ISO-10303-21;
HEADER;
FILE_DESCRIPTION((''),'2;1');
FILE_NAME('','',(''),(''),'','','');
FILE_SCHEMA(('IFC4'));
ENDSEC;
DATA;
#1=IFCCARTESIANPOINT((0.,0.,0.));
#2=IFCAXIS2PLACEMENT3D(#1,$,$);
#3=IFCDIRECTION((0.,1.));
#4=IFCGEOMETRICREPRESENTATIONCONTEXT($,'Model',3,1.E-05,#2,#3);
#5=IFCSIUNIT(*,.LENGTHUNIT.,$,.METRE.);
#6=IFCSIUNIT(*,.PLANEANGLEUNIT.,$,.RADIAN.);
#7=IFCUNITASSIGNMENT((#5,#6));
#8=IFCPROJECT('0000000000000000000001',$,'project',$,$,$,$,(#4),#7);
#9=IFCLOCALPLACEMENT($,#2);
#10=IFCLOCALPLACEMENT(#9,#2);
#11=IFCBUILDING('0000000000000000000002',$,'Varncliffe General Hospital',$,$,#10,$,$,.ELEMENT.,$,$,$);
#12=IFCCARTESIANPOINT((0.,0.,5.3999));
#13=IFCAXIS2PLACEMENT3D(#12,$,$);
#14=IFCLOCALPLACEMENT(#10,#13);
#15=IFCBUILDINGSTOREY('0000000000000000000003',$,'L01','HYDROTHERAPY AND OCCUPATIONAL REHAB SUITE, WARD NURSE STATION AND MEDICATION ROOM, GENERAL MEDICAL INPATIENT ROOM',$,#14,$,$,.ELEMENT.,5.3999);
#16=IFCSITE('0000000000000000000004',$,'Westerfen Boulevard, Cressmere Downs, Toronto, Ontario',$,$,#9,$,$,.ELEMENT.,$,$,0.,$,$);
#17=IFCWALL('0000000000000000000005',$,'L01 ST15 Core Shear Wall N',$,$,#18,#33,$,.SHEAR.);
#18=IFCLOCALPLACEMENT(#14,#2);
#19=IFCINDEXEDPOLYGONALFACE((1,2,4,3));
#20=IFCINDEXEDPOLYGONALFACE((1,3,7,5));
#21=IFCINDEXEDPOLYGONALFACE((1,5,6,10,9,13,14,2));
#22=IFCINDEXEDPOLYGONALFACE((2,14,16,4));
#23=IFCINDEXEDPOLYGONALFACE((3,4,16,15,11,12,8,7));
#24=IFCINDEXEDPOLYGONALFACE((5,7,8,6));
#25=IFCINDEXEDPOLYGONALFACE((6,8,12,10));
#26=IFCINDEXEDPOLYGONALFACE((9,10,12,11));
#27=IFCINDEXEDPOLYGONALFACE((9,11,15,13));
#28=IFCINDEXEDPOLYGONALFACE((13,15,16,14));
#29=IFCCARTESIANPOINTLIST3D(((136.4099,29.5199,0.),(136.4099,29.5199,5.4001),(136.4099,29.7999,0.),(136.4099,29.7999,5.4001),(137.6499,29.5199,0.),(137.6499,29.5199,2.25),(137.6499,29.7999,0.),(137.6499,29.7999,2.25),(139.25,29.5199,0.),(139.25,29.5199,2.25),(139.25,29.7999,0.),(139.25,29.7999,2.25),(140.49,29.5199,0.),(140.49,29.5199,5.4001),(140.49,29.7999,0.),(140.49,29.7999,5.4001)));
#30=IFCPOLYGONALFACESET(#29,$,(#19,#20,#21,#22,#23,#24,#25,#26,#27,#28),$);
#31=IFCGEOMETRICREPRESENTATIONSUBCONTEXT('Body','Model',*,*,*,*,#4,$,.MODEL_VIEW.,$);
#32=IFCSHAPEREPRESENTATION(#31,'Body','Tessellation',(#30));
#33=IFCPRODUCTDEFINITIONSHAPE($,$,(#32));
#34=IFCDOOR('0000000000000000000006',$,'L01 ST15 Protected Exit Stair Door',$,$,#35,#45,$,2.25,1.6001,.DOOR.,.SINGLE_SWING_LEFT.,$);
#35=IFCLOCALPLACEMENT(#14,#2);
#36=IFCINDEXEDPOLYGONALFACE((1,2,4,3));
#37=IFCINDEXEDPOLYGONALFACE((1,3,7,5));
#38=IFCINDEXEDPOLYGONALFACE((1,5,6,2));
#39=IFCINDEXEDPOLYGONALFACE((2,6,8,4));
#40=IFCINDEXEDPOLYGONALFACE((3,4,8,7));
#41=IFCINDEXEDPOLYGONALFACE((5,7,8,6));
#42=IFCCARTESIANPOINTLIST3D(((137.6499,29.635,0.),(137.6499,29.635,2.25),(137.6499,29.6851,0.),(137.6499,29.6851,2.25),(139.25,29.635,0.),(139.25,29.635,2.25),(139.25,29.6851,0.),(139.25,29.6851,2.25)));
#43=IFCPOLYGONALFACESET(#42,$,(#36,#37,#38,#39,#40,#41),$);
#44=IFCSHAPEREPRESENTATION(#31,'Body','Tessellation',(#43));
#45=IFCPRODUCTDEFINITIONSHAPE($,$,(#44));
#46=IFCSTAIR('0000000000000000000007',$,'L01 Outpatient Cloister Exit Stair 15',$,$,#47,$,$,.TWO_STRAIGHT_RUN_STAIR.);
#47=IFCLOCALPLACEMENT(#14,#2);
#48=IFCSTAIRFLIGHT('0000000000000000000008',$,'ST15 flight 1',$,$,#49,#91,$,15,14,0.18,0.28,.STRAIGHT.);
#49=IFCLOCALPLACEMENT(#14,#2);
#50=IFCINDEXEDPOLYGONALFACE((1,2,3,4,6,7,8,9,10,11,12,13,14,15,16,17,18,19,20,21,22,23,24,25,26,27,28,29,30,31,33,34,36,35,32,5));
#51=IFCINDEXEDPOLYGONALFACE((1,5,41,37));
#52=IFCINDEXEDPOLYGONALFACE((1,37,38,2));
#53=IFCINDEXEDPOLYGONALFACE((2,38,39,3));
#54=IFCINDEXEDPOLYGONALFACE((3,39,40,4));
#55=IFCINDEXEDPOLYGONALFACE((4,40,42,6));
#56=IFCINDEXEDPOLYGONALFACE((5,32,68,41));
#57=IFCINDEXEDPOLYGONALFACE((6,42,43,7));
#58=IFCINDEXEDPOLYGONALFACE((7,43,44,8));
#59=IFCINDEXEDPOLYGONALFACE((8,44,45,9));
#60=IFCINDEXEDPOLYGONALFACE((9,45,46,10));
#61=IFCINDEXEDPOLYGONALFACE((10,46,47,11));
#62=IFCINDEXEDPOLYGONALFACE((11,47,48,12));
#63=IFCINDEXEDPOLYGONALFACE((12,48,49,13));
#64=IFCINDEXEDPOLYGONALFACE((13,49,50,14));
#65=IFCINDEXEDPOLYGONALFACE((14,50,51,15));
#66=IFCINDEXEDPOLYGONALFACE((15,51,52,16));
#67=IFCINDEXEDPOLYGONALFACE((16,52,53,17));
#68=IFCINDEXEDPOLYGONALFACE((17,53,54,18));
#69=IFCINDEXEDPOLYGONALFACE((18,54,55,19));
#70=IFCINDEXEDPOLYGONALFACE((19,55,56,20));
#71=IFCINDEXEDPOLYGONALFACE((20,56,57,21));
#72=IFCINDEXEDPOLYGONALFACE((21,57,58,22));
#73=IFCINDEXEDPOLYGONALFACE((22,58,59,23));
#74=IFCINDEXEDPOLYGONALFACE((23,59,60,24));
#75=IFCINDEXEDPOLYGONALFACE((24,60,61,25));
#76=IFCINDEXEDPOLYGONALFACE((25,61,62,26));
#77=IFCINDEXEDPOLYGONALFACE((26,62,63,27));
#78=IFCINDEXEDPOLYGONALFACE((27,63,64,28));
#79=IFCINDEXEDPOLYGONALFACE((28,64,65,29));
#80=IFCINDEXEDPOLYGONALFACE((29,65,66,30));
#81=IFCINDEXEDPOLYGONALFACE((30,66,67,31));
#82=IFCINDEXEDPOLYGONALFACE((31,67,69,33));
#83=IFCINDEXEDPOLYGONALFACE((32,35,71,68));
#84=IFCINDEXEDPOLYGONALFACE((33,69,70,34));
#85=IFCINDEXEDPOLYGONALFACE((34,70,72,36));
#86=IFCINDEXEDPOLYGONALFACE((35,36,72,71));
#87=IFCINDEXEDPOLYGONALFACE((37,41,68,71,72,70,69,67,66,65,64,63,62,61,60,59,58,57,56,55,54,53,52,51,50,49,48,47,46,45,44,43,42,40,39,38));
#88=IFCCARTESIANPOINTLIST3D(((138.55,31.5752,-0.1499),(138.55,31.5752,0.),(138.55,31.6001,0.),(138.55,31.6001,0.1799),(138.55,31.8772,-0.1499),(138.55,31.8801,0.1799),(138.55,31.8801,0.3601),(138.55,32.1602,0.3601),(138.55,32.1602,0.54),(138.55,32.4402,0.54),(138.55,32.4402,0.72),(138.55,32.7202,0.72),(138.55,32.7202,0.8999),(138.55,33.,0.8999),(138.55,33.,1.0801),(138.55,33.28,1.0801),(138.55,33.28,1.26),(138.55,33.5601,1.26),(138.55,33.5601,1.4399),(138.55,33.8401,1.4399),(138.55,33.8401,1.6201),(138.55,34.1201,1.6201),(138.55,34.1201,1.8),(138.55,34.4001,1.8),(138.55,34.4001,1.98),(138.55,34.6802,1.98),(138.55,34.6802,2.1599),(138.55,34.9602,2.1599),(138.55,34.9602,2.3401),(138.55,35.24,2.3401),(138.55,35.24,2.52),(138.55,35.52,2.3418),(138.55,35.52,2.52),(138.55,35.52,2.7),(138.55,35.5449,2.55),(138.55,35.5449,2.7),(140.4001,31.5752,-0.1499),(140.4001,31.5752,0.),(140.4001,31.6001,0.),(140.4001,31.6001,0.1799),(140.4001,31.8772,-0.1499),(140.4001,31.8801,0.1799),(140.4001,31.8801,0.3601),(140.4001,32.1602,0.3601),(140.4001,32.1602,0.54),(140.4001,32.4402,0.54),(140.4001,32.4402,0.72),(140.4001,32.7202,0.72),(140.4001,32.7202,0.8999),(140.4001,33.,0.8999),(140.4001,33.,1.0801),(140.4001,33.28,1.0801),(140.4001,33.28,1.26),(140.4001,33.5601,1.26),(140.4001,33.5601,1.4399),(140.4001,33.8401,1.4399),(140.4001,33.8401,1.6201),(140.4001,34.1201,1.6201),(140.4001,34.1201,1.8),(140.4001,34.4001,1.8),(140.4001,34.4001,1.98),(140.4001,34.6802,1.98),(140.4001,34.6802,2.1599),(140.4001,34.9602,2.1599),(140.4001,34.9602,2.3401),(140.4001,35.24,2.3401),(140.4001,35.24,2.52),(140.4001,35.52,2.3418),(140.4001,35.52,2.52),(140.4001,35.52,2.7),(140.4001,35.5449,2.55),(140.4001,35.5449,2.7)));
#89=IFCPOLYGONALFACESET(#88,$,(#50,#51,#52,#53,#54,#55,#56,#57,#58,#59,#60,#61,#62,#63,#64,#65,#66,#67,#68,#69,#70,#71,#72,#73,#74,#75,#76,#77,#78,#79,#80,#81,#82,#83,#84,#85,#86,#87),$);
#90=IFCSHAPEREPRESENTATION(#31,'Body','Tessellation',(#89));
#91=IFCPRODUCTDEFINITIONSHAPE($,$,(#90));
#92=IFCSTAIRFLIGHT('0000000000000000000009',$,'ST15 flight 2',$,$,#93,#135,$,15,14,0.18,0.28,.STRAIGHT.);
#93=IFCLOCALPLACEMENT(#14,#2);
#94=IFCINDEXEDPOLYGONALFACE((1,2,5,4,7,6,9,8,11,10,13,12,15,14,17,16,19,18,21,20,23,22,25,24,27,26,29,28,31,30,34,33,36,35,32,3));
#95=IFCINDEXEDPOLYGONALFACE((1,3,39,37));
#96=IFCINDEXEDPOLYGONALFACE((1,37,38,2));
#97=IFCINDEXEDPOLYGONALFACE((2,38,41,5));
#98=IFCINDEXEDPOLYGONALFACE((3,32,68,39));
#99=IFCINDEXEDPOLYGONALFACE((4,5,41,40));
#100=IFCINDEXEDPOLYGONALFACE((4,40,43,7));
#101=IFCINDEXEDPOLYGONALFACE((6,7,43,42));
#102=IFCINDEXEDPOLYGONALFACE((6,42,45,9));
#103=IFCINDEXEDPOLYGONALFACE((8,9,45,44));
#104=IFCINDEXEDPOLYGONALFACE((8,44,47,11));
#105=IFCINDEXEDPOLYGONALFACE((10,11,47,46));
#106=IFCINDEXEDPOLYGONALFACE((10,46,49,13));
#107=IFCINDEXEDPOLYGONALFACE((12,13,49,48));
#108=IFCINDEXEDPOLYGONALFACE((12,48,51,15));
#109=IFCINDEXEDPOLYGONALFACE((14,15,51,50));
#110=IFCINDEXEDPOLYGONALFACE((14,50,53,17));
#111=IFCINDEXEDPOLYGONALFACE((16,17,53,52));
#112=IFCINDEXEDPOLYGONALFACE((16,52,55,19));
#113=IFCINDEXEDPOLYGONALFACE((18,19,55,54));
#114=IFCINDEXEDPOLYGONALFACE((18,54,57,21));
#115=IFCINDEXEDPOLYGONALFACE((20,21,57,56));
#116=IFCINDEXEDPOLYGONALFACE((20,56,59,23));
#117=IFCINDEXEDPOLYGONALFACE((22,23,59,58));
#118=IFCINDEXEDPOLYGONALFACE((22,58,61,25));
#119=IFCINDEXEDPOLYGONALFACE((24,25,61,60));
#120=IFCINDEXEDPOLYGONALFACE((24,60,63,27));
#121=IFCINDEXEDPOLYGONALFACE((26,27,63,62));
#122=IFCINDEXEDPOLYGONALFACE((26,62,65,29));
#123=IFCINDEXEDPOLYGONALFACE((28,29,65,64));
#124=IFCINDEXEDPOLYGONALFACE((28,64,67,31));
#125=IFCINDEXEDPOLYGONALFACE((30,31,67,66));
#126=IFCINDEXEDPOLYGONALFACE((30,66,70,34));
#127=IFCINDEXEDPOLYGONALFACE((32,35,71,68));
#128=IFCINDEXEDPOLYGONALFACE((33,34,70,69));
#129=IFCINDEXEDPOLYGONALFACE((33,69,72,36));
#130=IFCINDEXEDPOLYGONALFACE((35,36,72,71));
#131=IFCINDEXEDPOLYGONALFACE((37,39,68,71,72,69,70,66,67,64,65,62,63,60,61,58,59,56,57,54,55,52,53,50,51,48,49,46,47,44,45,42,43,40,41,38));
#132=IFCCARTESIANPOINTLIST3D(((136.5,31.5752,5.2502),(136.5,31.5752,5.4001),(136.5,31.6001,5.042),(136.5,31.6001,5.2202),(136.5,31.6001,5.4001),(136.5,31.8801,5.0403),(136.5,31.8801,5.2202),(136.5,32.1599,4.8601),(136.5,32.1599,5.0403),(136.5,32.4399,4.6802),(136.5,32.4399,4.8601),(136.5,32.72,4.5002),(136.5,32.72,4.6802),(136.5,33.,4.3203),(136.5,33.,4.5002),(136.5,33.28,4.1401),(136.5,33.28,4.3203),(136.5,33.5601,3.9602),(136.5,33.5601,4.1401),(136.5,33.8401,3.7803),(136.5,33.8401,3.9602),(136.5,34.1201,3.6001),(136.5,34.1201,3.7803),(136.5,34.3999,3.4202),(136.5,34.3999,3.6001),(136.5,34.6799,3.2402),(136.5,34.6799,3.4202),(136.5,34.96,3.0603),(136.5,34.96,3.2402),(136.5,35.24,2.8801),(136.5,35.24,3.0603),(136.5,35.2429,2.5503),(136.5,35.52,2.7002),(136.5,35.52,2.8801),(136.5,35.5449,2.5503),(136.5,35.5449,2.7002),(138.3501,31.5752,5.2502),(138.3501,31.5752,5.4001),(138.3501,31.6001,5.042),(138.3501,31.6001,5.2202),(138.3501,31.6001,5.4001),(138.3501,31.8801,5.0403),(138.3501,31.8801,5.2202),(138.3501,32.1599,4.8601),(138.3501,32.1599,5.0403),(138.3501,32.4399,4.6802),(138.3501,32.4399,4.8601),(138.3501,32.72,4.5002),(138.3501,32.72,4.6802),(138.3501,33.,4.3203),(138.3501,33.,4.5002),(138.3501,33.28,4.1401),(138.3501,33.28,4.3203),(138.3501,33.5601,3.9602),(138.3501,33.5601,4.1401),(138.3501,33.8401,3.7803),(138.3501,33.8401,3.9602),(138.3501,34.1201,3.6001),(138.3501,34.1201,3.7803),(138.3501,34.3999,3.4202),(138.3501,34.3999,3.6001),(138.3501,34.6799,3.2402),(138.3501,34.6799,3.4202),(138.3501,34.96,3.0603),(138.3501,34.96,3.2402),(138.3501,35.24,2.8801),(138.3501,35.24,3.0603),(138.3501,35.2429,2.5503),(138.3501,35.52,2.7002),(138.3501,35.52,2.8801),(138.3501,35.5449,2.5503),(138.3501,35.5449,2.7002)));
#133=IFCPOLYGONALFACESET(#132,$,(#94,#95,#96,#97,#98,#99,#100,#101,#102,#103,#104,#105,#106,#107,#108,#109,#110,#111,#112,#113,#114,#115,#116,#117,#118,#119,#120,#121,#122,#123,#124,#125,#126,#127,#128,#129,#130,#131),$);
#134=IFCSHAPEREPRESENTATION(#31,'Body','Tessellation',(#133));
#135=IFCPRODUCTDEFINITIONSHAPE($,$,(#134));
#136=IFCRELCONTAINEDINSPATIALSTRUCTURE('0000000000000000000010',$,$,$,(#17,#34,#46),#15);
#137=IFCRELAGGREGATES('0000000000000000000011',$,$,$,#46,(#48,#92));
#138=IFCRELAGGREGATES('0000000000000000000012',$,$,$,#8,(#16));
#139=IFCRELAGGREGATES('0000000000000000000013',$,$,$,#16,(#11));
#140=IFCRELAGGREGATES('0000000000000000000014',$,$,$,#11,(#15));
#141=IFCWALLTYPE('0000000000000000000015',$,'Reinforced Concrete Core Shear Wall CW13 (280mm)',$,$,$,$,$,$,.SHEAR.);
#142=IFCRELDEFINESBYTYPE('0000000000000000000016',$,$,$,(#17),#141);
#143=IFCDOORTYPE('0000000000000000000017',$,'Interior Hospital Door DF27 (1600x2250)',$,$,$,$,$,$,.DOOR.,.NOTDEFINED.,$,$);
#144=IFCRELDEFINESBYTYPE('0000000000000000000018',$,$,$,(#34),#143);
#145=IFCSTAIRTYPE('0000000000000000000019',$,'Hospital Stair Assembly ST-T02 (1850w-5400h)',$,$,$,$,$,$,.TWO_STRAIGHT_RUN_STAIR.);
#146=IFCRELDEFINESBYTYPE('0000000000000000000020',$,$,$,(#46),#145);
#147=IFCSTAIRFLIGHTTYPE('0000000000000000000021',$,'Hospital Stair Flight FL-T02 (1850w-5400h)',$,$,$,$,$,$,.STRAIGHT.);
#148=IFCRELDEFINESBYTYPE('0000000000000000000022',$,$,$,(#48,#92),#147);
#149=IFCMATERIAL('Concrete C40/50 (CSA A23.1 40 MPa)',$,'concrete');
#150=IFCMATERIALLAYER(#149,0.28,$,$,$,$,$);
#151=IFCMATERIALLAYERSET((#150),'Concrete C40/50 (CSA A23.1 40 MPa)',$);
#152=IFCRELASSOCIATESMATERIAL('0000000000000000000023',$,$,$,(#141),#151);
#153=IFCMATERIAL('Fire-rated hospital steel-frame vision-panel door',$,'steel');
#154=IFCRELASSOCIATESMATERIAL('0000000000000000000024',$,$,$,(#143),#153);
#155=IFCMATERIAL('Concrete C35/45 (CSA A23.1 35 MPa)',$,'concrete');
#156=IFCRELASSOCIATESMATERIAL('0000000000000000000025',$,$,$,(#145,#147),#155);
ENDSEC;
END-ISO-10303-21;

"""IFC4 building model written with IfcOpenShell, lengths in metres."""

from ifc_helpers import new_model, si_unit, direction, frame, frame_2d, origin, place, context, subcontext, project, spatial, polyline, rectangle, outline, extrude, material, layer, layer_set, type_object, element, fill, aggregate, save


model = new_model("IFC4")

# Units and contexts
model_context = context("Model", 3, precision=1e-05, world=origin(), true_north=direction((0.0, 1.0)))
body_context = subcontext(model_context, "Body", "Model", "MODEL_VIEW")
ifc_project = project(units=[si_unit("LENGTHUNIT", "METRE"), si_unit("PLANEANGLEUNIT", "RADIAN")], contexts=[model_context])

# Site, building, storey
site_placement = place(None, origin())
site = spatial("IfcSite", under=ifc_project, at=site_placement, Name="Westerfen Boulevard, Cressmere Downs, Toronto, Ontario", CompositionType="ELEMENT", RefElevation=0.0)
building_placement = place(site_placement, origin())
building = spatial("IfcBuilding", under=site, at=building_placement, Name="Varncliffe General Hospital", CompositionType="ELEMENT")
storey_placement = place(building_placement, frame((0.0, 0.0, 5.3999)))
storey = spatial("IfcBuildingStorey", under=building, at=storey_placement, Name="L01", Description="HYDROTHERAPY AND OCCUPATIONAL REHAB SUITE, WARD NURSE STATION AND MEDICATION ROOM, GENERAL MEDICAL INPATIENT ROOM", CompositionType="ELEMENT", Elevation=5.3999)

# Shared definitions
ifc_material_1 = material(Name="Concrete C40/50 (CSA A23.1 40 MPa)", Category="concrete")

# Shared definitions
ifc_material_2 = material(Name="Concrete C35/45 (CSA A23.1 35 MPa)", Category="concrete")

# Shared definitions
ifc_material_3 = material(Name="Fire-rated hospital steel-frame vision-panel door", Category="steel")

# Shared definitions
ifc_layer_1 = layer(ifc_material_1, 0.28)
ifc_layer_set_1 = layer_set([ifc_layer_1], Name="Concrete C40/50 (CSA A23.1 40 MPa)")
wall_type_1 = type_object("IfcWallType", Name="Reinforced Concrete Core Shear Wall CW13 (280mm)", PredefinedType="SHEAR", material=ifc_layer_set_1)

# Wall, opening, door
wall_1_placement = place(storey_placement, frame((136.4099, 29.6599, 0.0), z_axis=(0.0, 0.0, 1.0), x_axis=(1.0, 0.0, 0.0)))
wall_1 = element("IfcWall", 1, at=wall_1_placement, inside=storey, type_object=wall_type_1, Name="L01 ST15 Core Shear Wall N", PredefinedType="SHEAR", context=body_context, shape_type="SweptSolid", body=[
    extrude(rectangle(XDim=4.0801, YDim=0.28, at=frame_2d((2.04, 0.0))), origin(), (0.0, 0.0, 1.0), 5.4001),
])
opening_1_placement = place(wall_1_placement, frame((1.24, 0.0, 0.0)))
opening_1 = element("IfcOpeningElement", 2, at=opening_1_placement, cuts=wall_1, PredefinedType="OPENING", context=body_context, shape_type="SweptSolid", body=[
    extrude(rectangle(XDim=1.6001, YDim=2.25, at=frame_2d((0.8, 1.125))), frame((0.0, 0.1499, 0.0), z_axis=(0.0, -1.0, 0.0), x_axis=(1.0, 0.0, 0.0)), (0.0, 0.0, 1.0), 0.3),
])
door_type_1 = type_object("IfcDoorType", Name="Interior Hospital Door DF27 (1600x2250)", OperationType="NOTDEFINED", PredefinedType="DOOR", material=ifc_material_3)
door_1_placement = place(opening_1_placement, frame((1.6001, 0.0, 0.0), z_axis=(0.0, 0.0, 1.0), x_axis=(-1.0, 0.0, 0.0)))
door_1 = element("IfcDoor", 3, at=door_1_placement, inside=storey, type_object=door_type_1, Name="L01 ST15 Protected Exit Stair Door", OperationType="SINGLE_SWING_LEFT", OverallHeight=2.25, OverallWidth=1.6001, PredefinedType="DOOR", context=body_context, shape_type="SweptSolid", body=[
    extrude(rectangle(XDim=1.6001, YDim=2.25, at=frame_2d((0.8, 1.125))), frame((0.0, 0.0249, 0.0), z_axis=(0.0, -1.0, 0.0), x_axis=(1.0, 0.0, 0.0)), (0.0, 0.0, 1.0), 0.05),
])
fill(opening_1, door_1)

# Stair, stair flights
stair_type = type_object("IfcStairType", Name="Hospital Stair Assembly ST-T02 (1850w-5400h)", PredefinedType="TWO_STRAIGHT_RUN_STAIR", material=ifc_material_2)
stair_placement = place(storey_placement, origin())
stair = element("IfcStair", 4, at=stair_placement, inside=storey, type_object=stair_type, Name="L01 Outpatient Cloister Exit Stair 15", PredefinedType="TWO_STRAIGHT_RUN_STAIR")
stair_flight_type = type_object("IfcStairFlightType", Name="Hospital Stair Flight FL-T02 (1850w-5400h)", PredefinedType="STRAIGHT", material=ifc_material_2)
stair_flight_1_placement = place(storey_placement, frame((139.4751, 31.6001, 0.0), z_axis=(0.0, 0.0, 1.0), x_axis=(0.0, 1.0, 0.0)))
stair_flight_1 = element("IfcStairFlight", 5, at=stair_flight_1_placement, type_object=stair_flight_type, Name="ST15 flight 1", NumberOfRisers=15, NumberOfTreads=14, PredefinedType="STRAIGHT", RiserHeight=0.18, TreadLength=0.28, context=body_context, shape_type="SweptSolid", body=[
    extrude(outline(polyline([(-0.0249, -0.1499), (-0.0249, 0.0), (0.0, 0.0), (0.0, 0.1799), (0.28, 0.1799), (0.28, 0.3601), (0.5601, 0.3601), (0.5601, 0.54), (0.8401, 0.54), (0.8401, 0.72), (1.1201, 0.72), (1.1201, 0.8999), (1.3999, 0.8999), (1.3999, 1.0801), (1.6799, 1.0801), (1.6799, 1.26), (1.96, 1.26), (1.96, 1.4399), (2.24, 1.4399), (2.24, 1.6201), (2.52, 1.6201), (2.52, 1.8), (2.8, 1.8), (2.8, 1.98), (3.0801, 1.98), (3.0801, 2.1599), (3.3601, 2.1599), (3.3601, 2.3401), (3.6399, 2.3401), (3.6399, 2.52), (3.9199, 2.52), (3.9199, 2.7), (3.9448, 2.7), (3.9448, 2.55), (3.9199, 2.3418), (0.2771, -0.1499), (-0.0249, -0.1499)])), frame((0.0, 0.925, 0.0), z_axis=(0.0, -1.0, 0.0), x_axis=(1.0, 0.0, 0.0)), (0.0, 0.0, 1.0), 1.8501),
])
stair_flight_2_placement = place(storey_placement, frame((137.425, 35.52, 2.7002), z_axis=(0.0, 0.0, 1.0), x_axis=(0.0, -1.0, 0.0)))
stair_flight_2 = element("IfcStairFlight", 6, at=stair_flight_2_placement, type_object=stair_flight_type, Name="ST15 flight 2", NumberOfRisers=15, NumberOfTreads=14, PredefinedType="STRAIGHT", RiserHeight=0.18, TreadLength=0.28, context=body_context, shape_type="SweptSolid", body=[
    extrude(outline(polyline([(-0.0249, -0.1499), (-0.0249, 0.0), (0.0, 0.0), (0.0, 0.1799), (0.28, 0.1799), (0.28, 0.3601), (0.5601, 0.3601), (0.5601, 0.54), (0.8401, 0.54), (0.8401, 0.72), (1.1201, 0.72), (1.1201, 0.8999), (1.3999, 0.8999), (1.3999, 1.0801), (1.6799, 1.0801), (1.6799, 1.26), (1.96, 1.26), (1.96, 1.4399), (2.24, 1.4399), (2.24, 1.6201), (2.52, 1.6201), (2.52, 1.8), (2.8, 1.8), (2.8, 1.98), (3.0801, 1.98), (3.0801, 2.1599), (3.3601, 2.1599), (3.3601, 2.3401), (3.6399, 2.3401), (3.6399, 2.52), (3.9199, 2.52), (3.9199, 2.7), (3.9448, 2.7), (3.9448, 2.55), (3.9199, 2.3418), (0.2771, -0.1499), (-0.0249, -0.1499)])), frame((0.0, 0.925, 0.0), z_axis=(0.0, -1.0, 0.0), x_axis=(1.0, 0.0, 0.0)), (0.0, 0.0, 1.0), 1.8501),
])
aggregate(stair, [stair_flight_1, stair_flight_2])

save(model, "model.ifc")
